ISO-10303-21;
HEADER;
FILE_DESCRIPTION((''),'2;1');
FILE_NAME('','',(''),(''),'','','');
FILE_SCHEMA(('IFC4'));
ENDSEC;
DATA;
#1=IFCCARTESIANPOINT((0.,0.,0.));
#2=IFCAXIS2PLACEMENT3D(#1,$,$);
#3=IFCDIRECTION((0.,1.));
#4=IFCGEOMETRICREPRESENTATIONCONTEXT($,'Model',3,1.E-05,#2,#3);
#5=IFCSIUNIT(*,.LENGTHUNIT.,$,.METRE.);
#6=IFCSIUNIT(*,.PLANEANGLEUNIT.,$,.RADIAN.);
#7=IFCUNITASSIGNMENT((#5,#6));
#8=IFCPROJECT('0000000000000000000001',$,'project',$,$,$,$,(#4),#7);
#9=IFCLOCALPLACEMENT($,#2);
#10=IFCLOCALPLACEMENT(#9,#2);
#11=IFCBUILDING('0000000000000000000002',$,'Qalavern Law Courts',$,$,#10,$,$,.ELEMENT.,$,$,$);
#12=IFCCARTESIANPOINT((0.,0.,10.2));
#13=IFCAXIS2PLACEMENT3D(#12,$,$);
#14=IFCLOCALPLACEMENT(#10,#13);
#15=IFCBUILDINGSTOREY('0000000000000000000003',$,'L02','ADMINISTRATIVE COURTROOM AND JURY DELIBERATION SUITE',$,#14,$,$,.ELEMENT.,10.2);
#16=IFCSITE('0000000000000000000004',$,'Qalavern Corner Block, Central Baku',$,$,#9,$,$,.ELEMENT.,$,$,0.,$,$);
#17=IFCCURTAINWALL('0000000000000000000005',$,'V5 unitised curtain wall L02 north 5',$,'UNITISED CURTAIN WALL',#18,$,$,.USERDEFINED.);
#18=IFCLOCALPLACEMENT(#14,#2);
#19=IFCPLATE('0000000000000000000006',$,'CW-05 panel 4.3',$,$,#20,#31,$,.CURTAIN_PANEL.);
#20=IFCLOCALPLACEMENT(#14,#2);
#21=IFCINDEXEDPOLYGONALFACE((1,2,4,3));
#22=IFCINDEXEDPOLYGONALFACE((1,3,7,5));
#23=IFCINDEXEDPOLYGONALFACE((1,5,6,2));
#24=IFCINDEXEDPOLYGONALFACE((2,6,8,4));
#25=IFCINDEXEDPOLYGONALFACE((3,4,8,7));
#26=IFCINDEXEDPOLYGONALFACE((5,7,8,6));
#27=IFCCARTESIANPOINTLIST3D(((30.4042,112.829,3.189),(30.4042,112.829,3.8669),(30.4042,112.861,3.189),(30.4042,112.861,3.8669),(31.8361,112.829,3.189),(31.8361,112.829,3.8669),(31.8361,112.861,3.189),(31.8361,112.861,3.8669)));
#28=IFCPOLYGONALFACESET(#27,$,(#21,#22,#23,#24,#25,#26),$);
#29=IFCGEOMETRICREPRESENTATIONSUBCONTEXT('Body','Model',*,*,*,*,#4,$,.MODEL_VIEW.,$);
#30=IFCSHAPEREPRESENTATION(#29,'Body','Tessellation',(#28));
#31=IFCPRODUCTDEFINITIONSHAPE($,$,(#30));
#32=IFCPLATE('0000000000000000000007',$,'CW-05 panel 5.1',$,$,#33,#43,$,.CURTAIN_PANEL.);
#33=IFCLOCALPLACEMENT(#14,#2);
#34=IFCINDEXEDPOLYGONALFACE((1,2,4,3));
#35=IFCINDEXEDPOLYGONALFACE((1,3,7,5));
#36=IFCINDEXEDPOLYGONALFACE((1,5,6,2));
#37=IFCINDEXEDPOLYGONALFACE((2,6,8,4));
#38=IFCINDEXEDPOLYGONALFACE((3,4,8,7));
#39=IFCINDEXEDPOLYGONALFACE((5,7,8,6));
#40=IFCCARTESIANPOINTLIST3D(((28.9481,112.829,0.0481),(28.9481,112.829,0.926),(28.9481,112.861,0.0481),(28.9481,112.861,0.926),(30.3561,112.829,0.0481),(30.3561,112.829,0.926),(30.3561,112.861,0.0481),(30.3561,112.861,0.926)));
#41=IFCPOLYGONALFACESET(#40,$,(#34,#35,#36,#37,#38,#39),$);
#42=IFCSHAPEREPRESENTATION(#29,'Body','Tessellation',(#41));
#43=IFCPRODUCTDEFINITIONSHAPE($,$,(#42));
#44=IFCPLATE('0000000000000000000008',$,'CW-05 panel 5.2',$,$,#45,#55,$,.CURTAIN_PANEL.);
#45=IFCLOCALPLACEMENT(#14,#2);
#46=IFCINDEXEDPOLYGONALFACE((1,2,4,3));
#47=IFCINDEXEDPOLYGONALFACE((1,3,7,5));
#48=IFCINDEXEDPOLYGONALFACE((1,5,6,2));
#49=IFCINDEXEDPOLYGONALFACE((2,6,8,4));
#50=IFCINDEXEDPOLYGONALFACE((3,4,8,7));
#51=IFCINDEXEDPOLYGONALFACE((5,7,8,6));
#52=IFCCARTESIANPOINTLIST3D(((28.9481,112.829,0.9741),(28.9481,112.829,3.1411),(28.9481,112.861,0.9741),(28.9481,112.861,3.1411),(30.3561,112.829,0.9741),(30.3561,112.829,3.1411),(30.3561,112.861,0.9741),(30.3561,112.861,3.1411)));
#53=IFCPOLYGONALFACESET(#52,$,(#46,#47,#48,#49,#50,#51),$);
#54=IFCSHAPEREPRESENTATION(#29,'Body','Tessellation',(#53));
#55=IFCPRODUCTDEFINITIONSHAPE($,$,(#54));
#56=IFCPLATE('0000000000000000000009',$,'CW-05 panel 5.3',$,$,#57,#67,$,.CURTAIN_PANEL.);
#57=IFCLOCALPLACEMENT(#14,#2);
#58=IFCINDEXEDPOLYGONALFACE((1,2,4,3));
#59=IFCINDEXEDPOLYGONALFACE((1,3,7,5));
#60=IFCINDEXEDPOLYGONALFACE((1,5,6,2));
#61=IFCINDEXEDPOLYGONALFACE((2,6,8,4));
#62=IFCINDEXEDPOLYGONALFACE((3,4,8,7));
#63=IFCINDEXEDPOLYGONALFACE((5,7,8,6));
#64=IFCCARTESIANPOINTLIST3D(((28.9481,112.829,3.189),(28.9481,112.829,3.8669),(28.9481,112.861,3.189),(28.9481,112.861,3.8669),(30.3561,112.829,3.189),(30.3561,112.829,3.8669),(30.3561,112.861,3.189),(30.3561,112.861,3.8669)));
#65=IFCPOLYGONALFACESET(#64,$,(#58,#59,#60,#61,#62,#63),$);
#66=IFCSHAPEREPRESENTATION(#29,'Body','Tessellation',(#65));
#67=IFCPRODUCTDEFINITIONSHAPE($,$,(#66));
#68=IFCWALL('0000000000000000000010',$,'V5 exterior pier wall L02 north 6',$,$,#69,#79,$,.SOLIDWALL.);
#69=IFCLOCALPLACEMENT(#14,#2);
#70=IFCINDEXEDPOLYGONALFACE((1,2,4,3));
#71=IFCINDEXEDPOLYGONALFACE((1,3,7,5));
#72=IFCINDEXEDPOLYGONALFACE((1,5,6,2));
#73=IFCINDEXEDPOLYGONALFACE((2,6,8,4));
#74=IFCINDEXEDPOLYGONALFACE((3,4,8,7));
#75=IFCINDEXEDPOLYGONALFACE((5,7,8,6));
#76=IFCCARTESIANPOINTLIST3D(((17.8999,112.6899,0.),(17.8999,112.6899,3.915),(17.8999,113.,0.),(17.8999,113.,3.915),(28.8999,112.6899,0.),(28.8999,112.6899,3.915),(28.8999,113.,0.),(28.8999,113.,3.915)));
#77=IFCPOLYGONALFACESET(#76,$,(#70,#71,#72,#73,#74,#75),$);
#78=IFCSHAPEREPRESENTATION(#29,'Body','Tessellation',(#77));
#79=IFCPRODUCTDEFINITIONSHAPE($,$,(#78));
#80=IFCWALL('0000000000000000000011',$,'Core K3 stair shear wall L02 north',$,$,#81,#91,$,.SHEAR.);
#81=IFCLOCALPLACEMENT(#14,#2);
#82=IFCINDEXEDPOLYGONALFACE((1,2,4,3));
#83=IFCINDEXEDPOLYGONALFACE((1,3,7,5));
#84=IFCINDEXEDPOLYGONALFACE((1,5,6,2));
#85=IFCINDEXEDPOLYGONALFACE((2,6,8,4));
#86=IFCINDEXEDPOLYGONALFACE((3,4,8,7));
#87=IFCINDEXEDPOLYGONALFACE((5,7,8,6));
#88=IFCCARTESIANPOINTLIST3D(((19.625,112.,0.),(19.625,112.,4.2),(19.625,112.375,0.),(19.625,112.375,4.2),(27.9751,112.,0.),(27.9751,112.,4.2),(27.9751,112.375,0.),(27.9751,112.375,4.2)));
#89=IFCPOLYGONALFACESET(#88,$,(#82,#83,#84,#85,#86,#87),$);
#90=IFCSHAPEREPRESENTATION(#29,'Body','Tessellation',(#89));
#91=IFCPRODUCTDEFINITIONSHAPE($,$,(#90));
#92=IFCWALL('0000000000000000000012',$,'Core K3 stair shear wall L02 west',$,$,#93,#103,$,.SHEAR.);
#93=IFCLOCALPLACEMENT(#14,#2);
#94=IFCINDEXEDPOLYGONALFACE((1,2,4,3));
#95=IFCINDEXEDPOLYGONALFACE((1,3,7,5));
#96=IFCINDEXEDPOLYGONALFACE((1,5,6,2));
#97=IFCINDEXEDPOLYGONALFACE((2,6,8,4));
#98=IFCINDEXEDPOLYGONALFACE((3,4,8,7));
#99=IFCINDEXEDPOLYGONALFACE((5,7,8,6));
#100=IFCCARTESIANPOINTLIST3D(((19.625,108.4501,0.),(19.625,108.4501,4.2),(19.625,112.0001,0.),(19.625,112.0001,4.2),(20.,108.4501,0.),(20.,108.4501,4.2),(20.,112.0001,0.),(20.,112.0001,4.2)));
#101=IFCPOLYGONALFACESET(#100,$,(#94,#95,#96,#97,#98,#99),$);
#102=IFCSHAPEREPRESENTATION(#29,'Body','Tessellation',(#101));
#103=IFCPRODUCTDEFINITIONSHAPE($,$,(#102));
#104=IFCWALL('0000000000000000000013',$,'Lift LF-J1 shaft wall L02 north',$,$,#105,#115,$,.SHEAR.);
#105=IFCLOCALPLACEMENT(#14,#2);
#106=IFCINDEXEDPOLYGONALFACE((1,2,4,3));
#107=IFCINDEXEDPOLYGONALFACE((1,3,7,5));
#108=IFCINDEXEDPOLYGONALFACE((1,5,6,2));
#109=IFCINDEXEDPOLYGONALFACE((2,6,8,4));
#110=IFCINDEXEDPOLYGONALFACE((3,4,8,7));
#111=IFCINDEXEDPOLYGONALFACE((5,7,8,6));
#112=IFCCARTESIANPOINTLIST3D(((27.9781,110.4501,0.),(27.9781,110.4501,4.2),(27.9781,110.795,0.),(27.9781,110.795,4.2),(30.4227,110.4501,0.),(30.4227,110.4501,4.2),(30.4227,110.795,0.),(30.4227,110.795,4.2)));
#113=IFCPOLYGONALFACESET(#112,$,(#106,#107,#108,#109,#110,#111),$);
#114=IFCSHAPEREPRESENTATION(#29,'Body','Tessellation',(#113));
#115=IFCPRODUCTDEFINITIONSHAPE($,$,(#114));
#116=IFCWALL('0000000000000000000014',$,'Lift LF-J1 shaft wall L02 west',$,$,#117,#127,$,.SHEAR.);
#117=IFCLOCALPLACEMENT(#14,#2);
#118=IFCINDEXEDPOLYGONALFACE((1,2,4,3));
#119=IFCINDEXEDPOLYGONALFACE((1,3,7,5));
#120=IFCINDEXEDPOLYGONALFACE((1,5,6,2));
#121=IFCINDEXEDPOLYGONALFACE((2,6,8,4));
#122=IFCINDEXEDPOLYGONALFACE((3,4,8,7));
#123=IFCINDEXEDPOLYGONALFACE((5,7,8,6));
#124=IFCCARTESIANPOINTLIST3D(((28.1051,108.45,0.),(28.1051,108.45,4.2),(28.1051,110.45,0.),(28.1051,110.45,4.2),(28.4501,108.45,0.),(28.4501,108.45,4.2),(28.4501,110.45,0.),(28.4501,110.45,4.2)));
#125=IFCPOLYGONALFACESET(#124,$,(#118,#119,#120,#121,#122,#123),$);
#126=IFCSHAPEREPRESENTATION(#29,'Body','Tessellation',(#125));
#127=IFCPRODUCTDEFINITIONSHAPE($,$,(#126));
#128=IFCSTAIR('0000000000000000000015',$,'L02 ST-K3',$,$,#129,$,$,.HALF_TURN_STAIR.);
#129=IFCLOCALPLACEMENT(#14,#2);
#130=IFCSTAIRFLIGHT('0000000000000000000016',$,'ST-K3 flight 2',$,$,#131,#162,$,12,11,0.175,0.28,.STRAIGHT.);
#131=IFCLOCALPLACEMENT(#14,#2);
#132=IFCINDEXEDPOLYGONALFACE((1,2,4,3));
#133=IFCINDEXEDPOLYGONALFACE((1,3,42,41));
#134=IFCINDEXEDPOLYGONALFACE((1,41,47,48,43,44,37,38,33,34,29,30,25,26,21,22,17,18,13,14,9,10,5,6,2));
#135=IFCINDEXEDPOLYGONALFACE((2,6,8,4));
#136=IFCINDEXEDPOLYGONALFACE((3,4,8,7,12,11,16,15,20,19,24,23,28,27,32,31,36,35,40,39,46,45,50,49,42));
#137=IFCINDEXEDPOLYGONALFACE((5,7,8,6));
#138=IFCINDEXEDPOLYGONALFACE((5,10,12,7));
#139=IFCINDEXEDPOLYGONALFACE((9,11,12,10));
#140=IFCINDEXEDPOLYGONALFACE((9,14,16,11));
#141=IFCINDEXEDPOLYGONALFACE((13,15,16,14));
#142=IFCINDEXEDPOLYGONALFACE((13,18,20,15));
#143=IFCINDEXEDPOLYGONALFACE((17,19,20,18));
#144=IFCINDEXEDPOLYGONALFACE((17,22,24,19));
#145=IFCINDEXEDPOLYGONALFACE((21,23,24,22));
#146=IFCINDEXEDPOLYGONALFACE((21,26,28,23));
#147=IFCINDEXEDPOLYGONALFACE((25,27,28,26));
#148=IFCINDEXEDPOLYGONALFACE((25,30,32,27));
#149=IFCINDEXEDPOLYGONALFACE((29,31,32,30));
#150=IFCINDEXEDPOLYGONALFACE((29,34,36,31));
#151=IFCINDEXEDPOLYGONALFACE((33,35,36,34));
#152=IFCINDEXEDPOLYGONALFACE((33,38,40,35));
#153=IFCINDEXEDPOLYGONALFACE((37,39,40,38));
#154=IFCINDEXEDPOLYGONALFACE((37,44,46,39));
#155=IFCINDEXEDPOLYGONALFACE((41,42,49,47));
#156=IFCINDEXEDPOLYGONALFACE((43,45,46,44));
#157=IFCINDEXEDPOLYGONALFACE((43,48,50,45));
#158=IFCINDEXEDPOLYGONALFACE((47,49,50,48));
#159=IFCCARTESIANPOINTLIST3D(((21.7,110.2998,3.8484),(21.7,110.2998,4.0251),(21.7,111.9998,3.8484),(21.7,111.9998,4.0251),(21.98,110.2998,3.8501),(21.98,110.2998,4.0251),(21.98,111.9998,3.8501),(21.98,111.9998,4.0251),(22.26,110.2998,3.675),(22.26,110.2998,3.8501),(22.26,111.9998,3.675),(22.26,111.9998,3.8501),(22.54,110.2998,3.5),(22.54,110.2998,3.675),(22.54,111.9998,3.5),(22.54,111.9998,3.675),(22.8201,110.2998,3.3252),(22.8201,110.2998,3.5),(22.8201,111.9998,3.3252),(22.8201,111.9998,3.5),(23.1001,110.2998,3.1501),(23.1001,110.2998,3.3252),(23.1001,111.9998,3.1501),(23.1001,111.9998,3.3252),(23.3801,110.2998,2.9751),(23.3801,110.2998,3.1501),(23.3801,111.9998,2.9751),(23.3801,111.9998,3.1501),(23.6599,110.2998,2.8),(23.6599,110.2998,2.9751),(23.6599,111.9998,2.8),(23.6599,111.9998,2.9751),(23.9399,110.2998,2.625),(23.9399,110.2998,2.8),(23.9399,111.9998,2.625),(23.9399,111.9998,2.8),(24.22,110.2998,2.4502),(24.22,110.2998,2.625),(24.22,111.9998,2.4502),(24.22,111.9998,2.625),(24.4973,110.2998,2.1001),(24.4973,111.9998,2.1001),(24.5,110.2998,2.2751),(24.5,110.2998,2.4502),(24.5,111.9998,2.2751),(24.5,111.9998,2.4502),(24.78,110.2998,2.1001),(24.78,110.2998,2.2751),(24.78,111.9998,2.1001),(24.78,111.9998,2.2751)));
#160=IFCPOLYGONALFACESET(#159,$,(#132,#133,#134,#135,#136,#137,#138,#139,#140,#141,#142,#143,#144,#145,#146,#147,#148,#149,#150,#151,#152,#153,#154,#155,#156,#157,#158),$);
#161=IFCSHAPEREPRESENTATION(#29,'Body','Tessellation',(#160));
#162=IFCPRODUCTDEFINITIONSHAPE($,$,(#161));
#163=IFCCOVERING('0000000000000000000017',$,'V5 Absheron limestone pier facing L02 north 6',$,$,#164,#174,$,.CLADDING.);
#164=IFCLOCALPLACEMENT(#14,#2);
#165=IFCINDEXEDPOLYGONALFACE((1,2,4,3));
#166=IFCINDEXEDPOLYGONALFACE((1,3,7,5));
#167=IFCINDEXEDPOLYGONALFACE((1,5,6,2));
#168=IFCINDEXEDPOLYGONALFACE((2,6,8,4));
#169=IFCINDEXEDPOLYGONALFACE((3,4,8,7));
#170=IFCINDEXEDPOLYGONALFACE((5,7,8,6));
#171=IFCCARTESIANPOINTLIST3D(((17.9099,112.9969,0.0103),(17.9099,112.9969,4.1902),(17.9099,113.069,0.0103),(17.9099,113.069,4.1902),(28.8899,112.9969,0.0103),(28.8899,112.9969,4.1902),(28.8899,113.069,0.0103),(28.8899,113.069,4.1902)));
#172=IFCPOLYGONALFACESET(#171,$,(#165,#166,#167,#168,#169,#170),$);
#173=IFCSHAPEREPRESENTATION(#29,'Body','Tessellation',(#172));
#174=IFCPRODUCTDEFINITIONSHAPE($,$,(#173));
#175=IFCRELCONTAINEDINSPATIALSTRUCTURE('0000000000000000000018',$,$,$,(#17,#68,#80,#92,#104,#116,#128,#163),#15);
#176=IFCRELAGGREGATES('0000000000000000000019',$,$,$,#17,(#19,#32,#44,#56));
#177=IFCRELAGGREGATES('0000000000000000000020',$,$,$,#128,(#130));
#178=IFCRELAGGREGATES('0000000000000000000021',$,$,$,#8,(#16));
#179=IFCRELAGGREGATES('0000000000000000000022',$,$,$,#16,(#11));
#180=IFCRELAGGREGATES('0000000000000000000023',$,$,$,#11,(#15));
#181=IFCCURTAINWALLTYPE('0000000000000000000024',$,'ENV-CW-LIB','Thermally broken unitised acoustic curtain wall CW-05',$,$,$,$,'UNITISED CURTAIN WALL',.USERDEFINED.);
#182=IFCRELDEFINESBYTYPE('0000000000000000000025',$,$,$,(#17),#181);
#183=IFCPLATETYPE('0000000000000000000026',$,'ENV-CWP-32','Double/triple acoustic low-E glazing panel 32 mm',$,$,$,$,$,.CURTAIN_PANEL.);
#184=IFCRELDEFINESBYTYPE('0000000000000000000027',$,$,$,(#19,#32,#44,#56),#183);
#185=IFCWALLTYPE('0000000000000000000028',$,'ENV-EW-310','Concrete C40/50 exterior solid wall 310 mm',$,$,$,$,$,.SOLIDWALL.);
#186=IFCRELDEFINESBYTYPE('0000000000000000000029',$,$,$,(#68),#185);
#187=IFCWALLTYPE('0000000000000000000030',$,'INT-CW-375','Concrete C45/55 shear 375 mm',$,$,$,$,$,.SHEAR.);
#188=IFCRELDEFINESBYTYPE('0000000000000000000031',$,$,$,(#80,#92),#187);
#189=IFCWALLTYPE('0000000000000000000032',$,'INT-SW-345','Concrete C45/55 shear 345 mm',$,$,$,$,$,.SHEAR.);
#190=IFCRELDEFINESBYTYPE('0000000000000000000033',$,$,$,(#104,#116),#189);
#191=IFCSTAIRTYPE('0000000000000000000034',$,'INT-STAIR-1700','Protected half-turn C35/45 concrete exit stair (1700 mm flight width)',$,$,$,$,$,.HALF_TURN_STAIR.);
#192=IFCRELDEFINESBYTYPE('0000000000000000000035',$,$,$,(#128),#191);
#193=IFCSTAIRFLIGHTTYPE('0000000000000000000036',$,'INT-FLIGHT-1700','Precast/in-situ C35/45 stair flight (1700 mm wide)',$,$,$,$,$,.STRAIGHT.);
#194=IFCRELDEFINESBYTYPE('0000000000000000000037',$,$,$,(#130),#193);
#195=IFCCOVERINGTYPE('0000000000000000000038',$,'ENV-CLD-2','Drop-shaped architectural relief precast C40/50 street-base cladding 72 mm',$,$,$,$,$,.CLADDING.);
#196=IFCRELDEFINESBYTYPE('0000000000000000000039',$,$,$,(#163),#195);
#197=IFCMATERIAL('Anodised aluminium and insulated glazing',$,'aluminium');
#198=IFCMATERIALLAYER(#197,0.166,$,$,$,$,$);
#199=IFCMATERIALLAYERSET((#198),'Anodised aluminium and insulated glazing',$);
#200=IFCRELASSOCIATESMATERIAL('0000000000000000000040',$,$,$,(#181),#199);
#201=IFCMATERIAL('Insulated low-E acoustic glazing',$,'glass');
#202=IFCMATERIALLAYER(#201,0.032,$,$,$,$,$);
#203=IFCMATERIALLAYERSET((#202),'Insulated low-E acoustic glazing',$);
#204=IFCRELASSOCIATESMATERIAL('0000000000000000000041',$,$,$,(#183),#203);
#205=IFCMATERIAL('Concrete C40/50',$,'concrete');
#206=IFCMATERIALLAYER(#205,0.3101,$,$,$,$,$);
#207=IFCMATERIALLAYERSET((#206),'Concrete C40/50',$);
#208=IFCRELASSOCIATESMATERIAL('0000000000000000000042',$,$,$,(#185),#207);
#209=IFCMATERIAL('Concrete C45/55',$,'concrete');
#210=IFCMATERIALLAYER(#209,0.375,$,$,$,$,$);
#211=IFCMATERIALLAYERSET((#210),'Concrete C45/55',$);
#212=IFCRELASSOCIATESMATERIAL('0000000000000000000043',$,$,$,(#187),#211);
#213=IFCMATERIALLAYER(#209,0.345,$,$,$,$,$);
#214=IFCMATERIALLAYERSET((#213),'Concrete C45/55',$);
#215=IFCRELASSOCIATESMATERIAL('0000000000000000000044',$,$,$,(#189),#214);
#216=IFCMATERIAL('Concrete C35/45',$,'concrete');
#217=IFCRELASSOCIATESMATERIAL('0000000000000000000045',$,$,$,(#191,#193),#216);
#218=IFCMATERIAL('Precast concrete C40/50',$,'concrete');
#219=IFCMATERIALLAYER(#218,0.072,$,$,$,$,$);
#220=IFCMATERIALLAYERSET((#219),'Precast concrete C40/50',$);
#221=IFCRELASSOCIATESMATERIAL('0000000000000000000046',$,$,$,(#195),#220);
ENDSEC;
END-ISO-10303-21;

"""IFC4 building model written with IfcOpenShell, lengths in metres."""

from ifc_helpers import new_model, si_unit, direction, frame, frame_2d, origin, origin_2d, place, context, subcontext, project, spatial, polyline, rectangle, outline, extrude, material, layer, layer_set, type_object, element, aggregate, save


model = new_model("IFC4")

# Units and contexts
model_context = context("Model", 3, precision=1e-05, world=origin(), true_north=direction((0.0, 1.0)))
body_context = subcontext(model_context, "Body", "Model", "MODEL_VIEW")
ifc_project = project(units=[si_unit("LENGTHUNIT", "METRE"), si_unit("PLANEANGLEUNIT", "RADIAN")], contexts=[model_context])

# Site, building, storey
site_placement = place(None, origin())
site = spatial("IfcSite", under=ifc_project, at=site_placement, Name="Qalavern Corner Block, Central Baku", CompositionType="ELEMENT", RefElevation=0.0)
building_placement = place(site_placement, origin())
building = spatial("IfcBuilding", under=site, at=building_placement, Name="Qalavern Law Courts", CompositionType="ELEMENT")
storey_placement = place(building_placement, frame((0.0, 0.0, 10.2)))
storey = spatial("IfcBuildingStorey", under=building, at=storey_placement, Name="L02", Description="ADMINISTRATIVE COURTROOM AND JURY DELIBERATION SUITE", CompositionType="ELEMENT", Elevation=10.2)

# Shared definitions
ifc_material_1 = material(Name="Concrete C45/55", Category="concrete")

# Curtain wall
ifc_material_2 = material(Name="Anodised aluminium and insulated glazing", Category="aluminium")
ifc_layer_1 = layer(ifc_material_2, 0.166)
ifc_layer_set_1 = layer_set([ifc_layer_1], Name="Anodised aluminium and insulated glazing")
curtain_wall_type = type_object("IfcCurtainWallType", Name="ENV-CW-LIB", Description="Thermally broken unitised acoustic curtain wall CW-05", ElementType="UNITISED CURTAIN WALL", PredefinedType="USERDEFINED", material=ifc_layer_set_1)
curtain_wall_placement = place(storey_placement, origin())
curtain_wall = element("IfcCurtainWall", 1, at=curtain_wall_placement, inside=storey, type_object=curtain_wall_type, Name="V5 unitised curtain wall L02 north 5", ObjectType="UNITISED CURTAIN WALL", PredefinedType="USERDEFINED")

# Shared definitions
ifc_material_3 = material(Name="Concrete C40/50", Category="concrete")

# Plates
ifc_material_4 = material(Name="Insulated low-E acoustic glazing", Category="glass")
ifc_layer_2 = layer(ifc_material_4, 0.032)
ifc_layer_set_2 = layer_set([ifc_layer_2], Name="Insulated low-E acoustic glazing")
plate_type = type_object("IfcPlateType", Name="ENV-CWP-32", Description="Double/triple acoustic low-E glazing panel 32 mm", PredefinedType="CURTAIN_PANEL", material=ifc_layer_set_2)
plate_1_placement = place(storey_placement, frame((31.1201, 112.845, 3.189), z_axis=(0.0, 0.0, 1.0), x_axis=(-1.0, 0.0, 0.0)))
plate_1 = element("IfcPlate", 2, at=plate_1_placement, type_object=plate_type, Name="CW-05 panel 4.3", PredefinedType="CURTAIN_PANEL", context=body_context, shape_type="SweptSolid", body=[
    extrude(rectangle(XDim=1.4319, YDim=0.032, at=origin_2d()), origin(), (0.0, 0.0, 1.0), 0.678),
])
plate_2_placement = place(storey_placement, frame((29.6521, 112.845, 0.0481), z_axis=(0.0, 0.0, 1.0), x_axis=(-1.0, 0.0, 0.0)))
plate_2 = element("IfcPlate", 3, at=plate_2_placement, type_object=plate_type, Name="CW-05 panel 5.1", PredefinedType="CURTAIN_PANEL", context=body_context, shape_type="SweptSolid", body=[
    extrude(rectangle(XDim=1.408, YDim=0.032, at=origin_2d()), origin(), (0.0, 0.0, 1.0), 0.8779),
])
plate_3_placement = place(storey_placement, frame((29.6521, 112.845, 0.9741), z_axis=(0.0, 0.0, 1.0), x_axis=(-1.0, 0.0, 0.0)))
plate_3 = element("IfcPlate", 4, at=plate_3_placement, type_object=plate_type, Name="CW-05 panel 5.2", PredefinedType="CURTAIN_PANEL", context=body_context, shape_type="SweptSolid", body=[
    extrude(rectangle(XDim=1.408, YDim=0.032, at=origin_2d()), origin(), (0.0, 0.0, 1.0), 2.167),
])
plate_4_placement = place(storey_placement, frame((29.6521, 112.845, 3.189), z_axis=(0.0, 0.0, 1.0), x_axis=(-1.0, 0.0, 0.0)))
plate_4 = element("IfcPlate", 5, at=plate_4_placement, type_object=plate_type, Name="CW-05 panel 5.3", PredefinedType="CURTAIN_PANEL", context=body_context, shape_type="SweptSolid", body=[
    extrude(rectangle(XDim=1.408, YDim=0.032, at=origin_2d()), origin(), (0.0, 0.0, 1.0), 0.678),
])
aggregate(curtain_wall, [plate_1, plate_2, plate_3, plate_4])

# Walls
ifc_layer_3 = layer(ifc_material_3, 0.3101)
ifc_layer_set_3 = layer_set([ifc_layer_3], Name="Concrete C40/50")
wall_type_1 = type_object("IfcWallType", Name="ENV-EW-310", Description="Concrete C40/50 exterior solid wall 310 mm", PredefinedType="SOLIDWALL", material=ifc_layer_set_3)
wall_1_placement = place(storey_placement, frame((28.8999, 112.845, 0.0), z_axis=(0.0, 0.0, 1.0), x_axis=(-1.0, 0.0, 0.0)))
element("IfcWall", 6, at=wall_1_placement, inside=storey, type_object=wall_type_1, Name="V5 exterior pier wall L02 north 6", PredefinedType="SOLIDWALL", context=body_context, shape_type="SweptSolid", body=[
    extrude(rectangle(XDim=11.0, YDim=0.3101, at=frame_2d((5.5, 0.0))), origin(), (0.0, 0.0, 1.0), 3.915),
])
ifc_layer_4 = layer(ifc_material_1, 0.375)
ifc_layer_set_4 = layer_set([ifc_layer_4], Name="Concrete C45/55")
wall_type_2 = type_object("IfcWallType", Name="INT-CW-375", Description="Concrete C45/55 shear 375 mm", PredefinedType="SHEAR", material=ifc_layer_set_4)
wall_2_placement = place(storey_placement, frame((27.9751, 112.1875, 0.0), z_axis=(0.0, 0.0, 1.0), x_axis=(-1.0, 0.0, 0.0)))
element("IfcWall", 7, at=wall_2_placement, inside=storey, type_object=wall_type_2, Name="Core K3 stair shear wall L02 north", PredefinedType="SHEAR", context=body_context, shape_type="SweptSolid", body=[
    extrude(rectangle(XDim=8.3501, YDim=0.375, at=frame_2d((4.175, 0.0))), origin(), (0.0, 0.0, 1.0), 4.2),
])
wall_3_placement = place(storey_placement, frame((19.8125, 112.0, 0.0), z_axis=(0.0, 0.0, 1.0), x_axis=(0.0, -1.0, 0.0)))
element("IfcWall", 8, at=wall_3_placement, inside=storey, type_object=wall_type_2, Name="Core K3 stair shear wall L02 west", PredefinedType="SHEAR", context=body_context, shape_type="SweptSolid", body=[
    extrude(rectangle(XDim=3.55, YDim=0.375, at=frame_2d((1.7749, 0.0))), origin(), (0.0, 0.0, 1.0), 4.2),
])
ifc_layer_5 = layer(ifc_material_1, 0.345)
ifc_layer_set_5 = layer_set([ifc_layer_5], Name="Concrete C45/55")
wall_type_3 = type_object("IfcWallType", Name="INT-SW-345", Description="Concrete C45/55 shear 345 mm", PredefinedType="SHEAR", material=ifc_layer_set_5)
wall_4_placement = place(storey_placement, frame((30.4226, 110.6226, 0.0), z_axis=(0.0, 0.0, 1.0), x_axis=(-1.0, 0.0, 0.0)))
element("IfcWall", 9, at=wall_4_placement, inside=storey, type_object=wall_type_3, Name="Lift LF-J1 shaft wall L02 north", PredefinedType="SHEAR", context=body_context, shape_type="SweptSolid", body=[
    extrude(rectangle(XDim=2.4446, YDim=0.345, at=frame_2d((1.2222, 0.0))), origin(), (0.0, 0.0, 1.0), 4.2),
])
wall_5_placement = place(storey_placement, frame((28.2776, 110.45, 0.0), z_axis=(0.0, 0.0, 1.0), x_axis=(0.0, -1.0, 0.0)))
element("IfcWall", 10, at=wall_5_placement, inside=storey, type_object=wall_type_3, Name="Lift LF-J1 shaft wall L02 west", PredefinedType="SHEAR", context=body_context, shape_type="SweptSolid", body=[
    extrude(rectangle(XDim=2.0, YDim=0.345, at=frame_2d((1.0, 0.0))), origin(), (0.0, 0.0, 1.0), 4.2),
])

# Stair, stair flight
ifc_material_5 = material(Name="Concrete C35/45", Category="concrete")
stair_type = type_object("IfcStairType", Name="INT-STAIR-1700", Description="Protected half-turn C35/45 concrete exit stair (1700 mm flight width)", PredefinedType="HALF_TURN_STAIR", material=ifc_material_5)
stair_placement = place(storey_placement, origin())
stair = element("IfcStair", 11, at=stair_placement, inside=storey, type_object=stair_type, Name="L02 ST-K3", PredefinedType="HALF_TURN_STAIR")
stair_flight_type = type_object("IfcStairFlightType", Name="INT-FLIGHT-1700", Description="Precast/in-situ C35/45 stair flight (1700 mm wide)", PredefinedType="STRAIGHT", material=ifc_material_5)
stair_flight_placement = place(storey_placement, frame((24.78, 111.1499, 2.1001), z_axis=(0.0, 0.0, 1.0), x_axis=(-1.0, 0.0, 0.0)))
stair_flight = element("IfcStairFlight", 12, at=stair_flight_placement, type_object=stair_flight_type, Name="ST-K3 flight 2", NumberOfRisers=12, NumberOfTreads=11, PredefinedType="STRAIGHT", RiserHeight=0.175, TreadLength=0.28, context=body_context, shape_type="SweptSolid", body=[
    extrude(outline(polyline([(0.0, 0.0), (0.0, 0.175), (0.28, 0.175), (0.28, 0.3501), (0.5601, 0.3501), (0.5601, 0.5249), (0.8401, 0.5249), (0.8401, 0.7), (1.1201, 0.7), (1.1201, 0.875), (1.3999, 0.875), (1.3999, 1.05), (1.6799, 1.05), (1.6799, 1.2251), (1.96, 1.2251), (1.96, 1.3999), (2.24, 1.3999), (2.24, 1.575), (2.52, 1.575), (2.52, 1.75), (2.8, 1.75), (2.8, 1.925), (3.0801, 1.925), (3.0801, 2.1001), (3.0801, 1.7483), (0.2827, 0.0), (0.0, 0.0)])), frame((0.0, 0.8501, 0.0), z_axis=(0.0, -1.0, 0.0), x_axis=(1.0, 0.0, 0.0)), (0.0, 0.0, 1.0), 1.7),
])
aggregate(stair, [stair_flight])

# Covering
ifc_material_6 = material(Name="Precast concrete C40/50", Category="concrete")
ifc_layer_6 = layer(ifc_material_6, 0.072)
ifc_layer_set_6 = layer_set([ifc_layer_6], Name="Precast concrete C40/50")
covering_type = type_object("IfcCoveringType", Name="ENV-CLD-2", Description="Drop-shaped architectural relief precast C40/50 street-base cladding 72 mm", PredefinedType="CLADDING", material=ifc_layer_set_6)
covering_placement = place(storey_placement, frame((23.3999, 113.033, 0.0103), z_axis=(0.0, 0.0, 1.0), x_axis=(-1.0, 0.0, 0.0)))
element("IfcCovering", 13, at=covering_placement, inside=storey, type_object=covering_type, Name="V5 Absheron limestone pier facing L02 north 6", PredefinedType="CLADDING", context=body_context, shape_type="SweptSolid", body=[
    extrude(rectangle(XDim=10.98, YDim=0.072, at=origin_2d()), origin(), (0.0, 0.0, 1.0), 4.1799),
])

save(model, "model.ifc")
